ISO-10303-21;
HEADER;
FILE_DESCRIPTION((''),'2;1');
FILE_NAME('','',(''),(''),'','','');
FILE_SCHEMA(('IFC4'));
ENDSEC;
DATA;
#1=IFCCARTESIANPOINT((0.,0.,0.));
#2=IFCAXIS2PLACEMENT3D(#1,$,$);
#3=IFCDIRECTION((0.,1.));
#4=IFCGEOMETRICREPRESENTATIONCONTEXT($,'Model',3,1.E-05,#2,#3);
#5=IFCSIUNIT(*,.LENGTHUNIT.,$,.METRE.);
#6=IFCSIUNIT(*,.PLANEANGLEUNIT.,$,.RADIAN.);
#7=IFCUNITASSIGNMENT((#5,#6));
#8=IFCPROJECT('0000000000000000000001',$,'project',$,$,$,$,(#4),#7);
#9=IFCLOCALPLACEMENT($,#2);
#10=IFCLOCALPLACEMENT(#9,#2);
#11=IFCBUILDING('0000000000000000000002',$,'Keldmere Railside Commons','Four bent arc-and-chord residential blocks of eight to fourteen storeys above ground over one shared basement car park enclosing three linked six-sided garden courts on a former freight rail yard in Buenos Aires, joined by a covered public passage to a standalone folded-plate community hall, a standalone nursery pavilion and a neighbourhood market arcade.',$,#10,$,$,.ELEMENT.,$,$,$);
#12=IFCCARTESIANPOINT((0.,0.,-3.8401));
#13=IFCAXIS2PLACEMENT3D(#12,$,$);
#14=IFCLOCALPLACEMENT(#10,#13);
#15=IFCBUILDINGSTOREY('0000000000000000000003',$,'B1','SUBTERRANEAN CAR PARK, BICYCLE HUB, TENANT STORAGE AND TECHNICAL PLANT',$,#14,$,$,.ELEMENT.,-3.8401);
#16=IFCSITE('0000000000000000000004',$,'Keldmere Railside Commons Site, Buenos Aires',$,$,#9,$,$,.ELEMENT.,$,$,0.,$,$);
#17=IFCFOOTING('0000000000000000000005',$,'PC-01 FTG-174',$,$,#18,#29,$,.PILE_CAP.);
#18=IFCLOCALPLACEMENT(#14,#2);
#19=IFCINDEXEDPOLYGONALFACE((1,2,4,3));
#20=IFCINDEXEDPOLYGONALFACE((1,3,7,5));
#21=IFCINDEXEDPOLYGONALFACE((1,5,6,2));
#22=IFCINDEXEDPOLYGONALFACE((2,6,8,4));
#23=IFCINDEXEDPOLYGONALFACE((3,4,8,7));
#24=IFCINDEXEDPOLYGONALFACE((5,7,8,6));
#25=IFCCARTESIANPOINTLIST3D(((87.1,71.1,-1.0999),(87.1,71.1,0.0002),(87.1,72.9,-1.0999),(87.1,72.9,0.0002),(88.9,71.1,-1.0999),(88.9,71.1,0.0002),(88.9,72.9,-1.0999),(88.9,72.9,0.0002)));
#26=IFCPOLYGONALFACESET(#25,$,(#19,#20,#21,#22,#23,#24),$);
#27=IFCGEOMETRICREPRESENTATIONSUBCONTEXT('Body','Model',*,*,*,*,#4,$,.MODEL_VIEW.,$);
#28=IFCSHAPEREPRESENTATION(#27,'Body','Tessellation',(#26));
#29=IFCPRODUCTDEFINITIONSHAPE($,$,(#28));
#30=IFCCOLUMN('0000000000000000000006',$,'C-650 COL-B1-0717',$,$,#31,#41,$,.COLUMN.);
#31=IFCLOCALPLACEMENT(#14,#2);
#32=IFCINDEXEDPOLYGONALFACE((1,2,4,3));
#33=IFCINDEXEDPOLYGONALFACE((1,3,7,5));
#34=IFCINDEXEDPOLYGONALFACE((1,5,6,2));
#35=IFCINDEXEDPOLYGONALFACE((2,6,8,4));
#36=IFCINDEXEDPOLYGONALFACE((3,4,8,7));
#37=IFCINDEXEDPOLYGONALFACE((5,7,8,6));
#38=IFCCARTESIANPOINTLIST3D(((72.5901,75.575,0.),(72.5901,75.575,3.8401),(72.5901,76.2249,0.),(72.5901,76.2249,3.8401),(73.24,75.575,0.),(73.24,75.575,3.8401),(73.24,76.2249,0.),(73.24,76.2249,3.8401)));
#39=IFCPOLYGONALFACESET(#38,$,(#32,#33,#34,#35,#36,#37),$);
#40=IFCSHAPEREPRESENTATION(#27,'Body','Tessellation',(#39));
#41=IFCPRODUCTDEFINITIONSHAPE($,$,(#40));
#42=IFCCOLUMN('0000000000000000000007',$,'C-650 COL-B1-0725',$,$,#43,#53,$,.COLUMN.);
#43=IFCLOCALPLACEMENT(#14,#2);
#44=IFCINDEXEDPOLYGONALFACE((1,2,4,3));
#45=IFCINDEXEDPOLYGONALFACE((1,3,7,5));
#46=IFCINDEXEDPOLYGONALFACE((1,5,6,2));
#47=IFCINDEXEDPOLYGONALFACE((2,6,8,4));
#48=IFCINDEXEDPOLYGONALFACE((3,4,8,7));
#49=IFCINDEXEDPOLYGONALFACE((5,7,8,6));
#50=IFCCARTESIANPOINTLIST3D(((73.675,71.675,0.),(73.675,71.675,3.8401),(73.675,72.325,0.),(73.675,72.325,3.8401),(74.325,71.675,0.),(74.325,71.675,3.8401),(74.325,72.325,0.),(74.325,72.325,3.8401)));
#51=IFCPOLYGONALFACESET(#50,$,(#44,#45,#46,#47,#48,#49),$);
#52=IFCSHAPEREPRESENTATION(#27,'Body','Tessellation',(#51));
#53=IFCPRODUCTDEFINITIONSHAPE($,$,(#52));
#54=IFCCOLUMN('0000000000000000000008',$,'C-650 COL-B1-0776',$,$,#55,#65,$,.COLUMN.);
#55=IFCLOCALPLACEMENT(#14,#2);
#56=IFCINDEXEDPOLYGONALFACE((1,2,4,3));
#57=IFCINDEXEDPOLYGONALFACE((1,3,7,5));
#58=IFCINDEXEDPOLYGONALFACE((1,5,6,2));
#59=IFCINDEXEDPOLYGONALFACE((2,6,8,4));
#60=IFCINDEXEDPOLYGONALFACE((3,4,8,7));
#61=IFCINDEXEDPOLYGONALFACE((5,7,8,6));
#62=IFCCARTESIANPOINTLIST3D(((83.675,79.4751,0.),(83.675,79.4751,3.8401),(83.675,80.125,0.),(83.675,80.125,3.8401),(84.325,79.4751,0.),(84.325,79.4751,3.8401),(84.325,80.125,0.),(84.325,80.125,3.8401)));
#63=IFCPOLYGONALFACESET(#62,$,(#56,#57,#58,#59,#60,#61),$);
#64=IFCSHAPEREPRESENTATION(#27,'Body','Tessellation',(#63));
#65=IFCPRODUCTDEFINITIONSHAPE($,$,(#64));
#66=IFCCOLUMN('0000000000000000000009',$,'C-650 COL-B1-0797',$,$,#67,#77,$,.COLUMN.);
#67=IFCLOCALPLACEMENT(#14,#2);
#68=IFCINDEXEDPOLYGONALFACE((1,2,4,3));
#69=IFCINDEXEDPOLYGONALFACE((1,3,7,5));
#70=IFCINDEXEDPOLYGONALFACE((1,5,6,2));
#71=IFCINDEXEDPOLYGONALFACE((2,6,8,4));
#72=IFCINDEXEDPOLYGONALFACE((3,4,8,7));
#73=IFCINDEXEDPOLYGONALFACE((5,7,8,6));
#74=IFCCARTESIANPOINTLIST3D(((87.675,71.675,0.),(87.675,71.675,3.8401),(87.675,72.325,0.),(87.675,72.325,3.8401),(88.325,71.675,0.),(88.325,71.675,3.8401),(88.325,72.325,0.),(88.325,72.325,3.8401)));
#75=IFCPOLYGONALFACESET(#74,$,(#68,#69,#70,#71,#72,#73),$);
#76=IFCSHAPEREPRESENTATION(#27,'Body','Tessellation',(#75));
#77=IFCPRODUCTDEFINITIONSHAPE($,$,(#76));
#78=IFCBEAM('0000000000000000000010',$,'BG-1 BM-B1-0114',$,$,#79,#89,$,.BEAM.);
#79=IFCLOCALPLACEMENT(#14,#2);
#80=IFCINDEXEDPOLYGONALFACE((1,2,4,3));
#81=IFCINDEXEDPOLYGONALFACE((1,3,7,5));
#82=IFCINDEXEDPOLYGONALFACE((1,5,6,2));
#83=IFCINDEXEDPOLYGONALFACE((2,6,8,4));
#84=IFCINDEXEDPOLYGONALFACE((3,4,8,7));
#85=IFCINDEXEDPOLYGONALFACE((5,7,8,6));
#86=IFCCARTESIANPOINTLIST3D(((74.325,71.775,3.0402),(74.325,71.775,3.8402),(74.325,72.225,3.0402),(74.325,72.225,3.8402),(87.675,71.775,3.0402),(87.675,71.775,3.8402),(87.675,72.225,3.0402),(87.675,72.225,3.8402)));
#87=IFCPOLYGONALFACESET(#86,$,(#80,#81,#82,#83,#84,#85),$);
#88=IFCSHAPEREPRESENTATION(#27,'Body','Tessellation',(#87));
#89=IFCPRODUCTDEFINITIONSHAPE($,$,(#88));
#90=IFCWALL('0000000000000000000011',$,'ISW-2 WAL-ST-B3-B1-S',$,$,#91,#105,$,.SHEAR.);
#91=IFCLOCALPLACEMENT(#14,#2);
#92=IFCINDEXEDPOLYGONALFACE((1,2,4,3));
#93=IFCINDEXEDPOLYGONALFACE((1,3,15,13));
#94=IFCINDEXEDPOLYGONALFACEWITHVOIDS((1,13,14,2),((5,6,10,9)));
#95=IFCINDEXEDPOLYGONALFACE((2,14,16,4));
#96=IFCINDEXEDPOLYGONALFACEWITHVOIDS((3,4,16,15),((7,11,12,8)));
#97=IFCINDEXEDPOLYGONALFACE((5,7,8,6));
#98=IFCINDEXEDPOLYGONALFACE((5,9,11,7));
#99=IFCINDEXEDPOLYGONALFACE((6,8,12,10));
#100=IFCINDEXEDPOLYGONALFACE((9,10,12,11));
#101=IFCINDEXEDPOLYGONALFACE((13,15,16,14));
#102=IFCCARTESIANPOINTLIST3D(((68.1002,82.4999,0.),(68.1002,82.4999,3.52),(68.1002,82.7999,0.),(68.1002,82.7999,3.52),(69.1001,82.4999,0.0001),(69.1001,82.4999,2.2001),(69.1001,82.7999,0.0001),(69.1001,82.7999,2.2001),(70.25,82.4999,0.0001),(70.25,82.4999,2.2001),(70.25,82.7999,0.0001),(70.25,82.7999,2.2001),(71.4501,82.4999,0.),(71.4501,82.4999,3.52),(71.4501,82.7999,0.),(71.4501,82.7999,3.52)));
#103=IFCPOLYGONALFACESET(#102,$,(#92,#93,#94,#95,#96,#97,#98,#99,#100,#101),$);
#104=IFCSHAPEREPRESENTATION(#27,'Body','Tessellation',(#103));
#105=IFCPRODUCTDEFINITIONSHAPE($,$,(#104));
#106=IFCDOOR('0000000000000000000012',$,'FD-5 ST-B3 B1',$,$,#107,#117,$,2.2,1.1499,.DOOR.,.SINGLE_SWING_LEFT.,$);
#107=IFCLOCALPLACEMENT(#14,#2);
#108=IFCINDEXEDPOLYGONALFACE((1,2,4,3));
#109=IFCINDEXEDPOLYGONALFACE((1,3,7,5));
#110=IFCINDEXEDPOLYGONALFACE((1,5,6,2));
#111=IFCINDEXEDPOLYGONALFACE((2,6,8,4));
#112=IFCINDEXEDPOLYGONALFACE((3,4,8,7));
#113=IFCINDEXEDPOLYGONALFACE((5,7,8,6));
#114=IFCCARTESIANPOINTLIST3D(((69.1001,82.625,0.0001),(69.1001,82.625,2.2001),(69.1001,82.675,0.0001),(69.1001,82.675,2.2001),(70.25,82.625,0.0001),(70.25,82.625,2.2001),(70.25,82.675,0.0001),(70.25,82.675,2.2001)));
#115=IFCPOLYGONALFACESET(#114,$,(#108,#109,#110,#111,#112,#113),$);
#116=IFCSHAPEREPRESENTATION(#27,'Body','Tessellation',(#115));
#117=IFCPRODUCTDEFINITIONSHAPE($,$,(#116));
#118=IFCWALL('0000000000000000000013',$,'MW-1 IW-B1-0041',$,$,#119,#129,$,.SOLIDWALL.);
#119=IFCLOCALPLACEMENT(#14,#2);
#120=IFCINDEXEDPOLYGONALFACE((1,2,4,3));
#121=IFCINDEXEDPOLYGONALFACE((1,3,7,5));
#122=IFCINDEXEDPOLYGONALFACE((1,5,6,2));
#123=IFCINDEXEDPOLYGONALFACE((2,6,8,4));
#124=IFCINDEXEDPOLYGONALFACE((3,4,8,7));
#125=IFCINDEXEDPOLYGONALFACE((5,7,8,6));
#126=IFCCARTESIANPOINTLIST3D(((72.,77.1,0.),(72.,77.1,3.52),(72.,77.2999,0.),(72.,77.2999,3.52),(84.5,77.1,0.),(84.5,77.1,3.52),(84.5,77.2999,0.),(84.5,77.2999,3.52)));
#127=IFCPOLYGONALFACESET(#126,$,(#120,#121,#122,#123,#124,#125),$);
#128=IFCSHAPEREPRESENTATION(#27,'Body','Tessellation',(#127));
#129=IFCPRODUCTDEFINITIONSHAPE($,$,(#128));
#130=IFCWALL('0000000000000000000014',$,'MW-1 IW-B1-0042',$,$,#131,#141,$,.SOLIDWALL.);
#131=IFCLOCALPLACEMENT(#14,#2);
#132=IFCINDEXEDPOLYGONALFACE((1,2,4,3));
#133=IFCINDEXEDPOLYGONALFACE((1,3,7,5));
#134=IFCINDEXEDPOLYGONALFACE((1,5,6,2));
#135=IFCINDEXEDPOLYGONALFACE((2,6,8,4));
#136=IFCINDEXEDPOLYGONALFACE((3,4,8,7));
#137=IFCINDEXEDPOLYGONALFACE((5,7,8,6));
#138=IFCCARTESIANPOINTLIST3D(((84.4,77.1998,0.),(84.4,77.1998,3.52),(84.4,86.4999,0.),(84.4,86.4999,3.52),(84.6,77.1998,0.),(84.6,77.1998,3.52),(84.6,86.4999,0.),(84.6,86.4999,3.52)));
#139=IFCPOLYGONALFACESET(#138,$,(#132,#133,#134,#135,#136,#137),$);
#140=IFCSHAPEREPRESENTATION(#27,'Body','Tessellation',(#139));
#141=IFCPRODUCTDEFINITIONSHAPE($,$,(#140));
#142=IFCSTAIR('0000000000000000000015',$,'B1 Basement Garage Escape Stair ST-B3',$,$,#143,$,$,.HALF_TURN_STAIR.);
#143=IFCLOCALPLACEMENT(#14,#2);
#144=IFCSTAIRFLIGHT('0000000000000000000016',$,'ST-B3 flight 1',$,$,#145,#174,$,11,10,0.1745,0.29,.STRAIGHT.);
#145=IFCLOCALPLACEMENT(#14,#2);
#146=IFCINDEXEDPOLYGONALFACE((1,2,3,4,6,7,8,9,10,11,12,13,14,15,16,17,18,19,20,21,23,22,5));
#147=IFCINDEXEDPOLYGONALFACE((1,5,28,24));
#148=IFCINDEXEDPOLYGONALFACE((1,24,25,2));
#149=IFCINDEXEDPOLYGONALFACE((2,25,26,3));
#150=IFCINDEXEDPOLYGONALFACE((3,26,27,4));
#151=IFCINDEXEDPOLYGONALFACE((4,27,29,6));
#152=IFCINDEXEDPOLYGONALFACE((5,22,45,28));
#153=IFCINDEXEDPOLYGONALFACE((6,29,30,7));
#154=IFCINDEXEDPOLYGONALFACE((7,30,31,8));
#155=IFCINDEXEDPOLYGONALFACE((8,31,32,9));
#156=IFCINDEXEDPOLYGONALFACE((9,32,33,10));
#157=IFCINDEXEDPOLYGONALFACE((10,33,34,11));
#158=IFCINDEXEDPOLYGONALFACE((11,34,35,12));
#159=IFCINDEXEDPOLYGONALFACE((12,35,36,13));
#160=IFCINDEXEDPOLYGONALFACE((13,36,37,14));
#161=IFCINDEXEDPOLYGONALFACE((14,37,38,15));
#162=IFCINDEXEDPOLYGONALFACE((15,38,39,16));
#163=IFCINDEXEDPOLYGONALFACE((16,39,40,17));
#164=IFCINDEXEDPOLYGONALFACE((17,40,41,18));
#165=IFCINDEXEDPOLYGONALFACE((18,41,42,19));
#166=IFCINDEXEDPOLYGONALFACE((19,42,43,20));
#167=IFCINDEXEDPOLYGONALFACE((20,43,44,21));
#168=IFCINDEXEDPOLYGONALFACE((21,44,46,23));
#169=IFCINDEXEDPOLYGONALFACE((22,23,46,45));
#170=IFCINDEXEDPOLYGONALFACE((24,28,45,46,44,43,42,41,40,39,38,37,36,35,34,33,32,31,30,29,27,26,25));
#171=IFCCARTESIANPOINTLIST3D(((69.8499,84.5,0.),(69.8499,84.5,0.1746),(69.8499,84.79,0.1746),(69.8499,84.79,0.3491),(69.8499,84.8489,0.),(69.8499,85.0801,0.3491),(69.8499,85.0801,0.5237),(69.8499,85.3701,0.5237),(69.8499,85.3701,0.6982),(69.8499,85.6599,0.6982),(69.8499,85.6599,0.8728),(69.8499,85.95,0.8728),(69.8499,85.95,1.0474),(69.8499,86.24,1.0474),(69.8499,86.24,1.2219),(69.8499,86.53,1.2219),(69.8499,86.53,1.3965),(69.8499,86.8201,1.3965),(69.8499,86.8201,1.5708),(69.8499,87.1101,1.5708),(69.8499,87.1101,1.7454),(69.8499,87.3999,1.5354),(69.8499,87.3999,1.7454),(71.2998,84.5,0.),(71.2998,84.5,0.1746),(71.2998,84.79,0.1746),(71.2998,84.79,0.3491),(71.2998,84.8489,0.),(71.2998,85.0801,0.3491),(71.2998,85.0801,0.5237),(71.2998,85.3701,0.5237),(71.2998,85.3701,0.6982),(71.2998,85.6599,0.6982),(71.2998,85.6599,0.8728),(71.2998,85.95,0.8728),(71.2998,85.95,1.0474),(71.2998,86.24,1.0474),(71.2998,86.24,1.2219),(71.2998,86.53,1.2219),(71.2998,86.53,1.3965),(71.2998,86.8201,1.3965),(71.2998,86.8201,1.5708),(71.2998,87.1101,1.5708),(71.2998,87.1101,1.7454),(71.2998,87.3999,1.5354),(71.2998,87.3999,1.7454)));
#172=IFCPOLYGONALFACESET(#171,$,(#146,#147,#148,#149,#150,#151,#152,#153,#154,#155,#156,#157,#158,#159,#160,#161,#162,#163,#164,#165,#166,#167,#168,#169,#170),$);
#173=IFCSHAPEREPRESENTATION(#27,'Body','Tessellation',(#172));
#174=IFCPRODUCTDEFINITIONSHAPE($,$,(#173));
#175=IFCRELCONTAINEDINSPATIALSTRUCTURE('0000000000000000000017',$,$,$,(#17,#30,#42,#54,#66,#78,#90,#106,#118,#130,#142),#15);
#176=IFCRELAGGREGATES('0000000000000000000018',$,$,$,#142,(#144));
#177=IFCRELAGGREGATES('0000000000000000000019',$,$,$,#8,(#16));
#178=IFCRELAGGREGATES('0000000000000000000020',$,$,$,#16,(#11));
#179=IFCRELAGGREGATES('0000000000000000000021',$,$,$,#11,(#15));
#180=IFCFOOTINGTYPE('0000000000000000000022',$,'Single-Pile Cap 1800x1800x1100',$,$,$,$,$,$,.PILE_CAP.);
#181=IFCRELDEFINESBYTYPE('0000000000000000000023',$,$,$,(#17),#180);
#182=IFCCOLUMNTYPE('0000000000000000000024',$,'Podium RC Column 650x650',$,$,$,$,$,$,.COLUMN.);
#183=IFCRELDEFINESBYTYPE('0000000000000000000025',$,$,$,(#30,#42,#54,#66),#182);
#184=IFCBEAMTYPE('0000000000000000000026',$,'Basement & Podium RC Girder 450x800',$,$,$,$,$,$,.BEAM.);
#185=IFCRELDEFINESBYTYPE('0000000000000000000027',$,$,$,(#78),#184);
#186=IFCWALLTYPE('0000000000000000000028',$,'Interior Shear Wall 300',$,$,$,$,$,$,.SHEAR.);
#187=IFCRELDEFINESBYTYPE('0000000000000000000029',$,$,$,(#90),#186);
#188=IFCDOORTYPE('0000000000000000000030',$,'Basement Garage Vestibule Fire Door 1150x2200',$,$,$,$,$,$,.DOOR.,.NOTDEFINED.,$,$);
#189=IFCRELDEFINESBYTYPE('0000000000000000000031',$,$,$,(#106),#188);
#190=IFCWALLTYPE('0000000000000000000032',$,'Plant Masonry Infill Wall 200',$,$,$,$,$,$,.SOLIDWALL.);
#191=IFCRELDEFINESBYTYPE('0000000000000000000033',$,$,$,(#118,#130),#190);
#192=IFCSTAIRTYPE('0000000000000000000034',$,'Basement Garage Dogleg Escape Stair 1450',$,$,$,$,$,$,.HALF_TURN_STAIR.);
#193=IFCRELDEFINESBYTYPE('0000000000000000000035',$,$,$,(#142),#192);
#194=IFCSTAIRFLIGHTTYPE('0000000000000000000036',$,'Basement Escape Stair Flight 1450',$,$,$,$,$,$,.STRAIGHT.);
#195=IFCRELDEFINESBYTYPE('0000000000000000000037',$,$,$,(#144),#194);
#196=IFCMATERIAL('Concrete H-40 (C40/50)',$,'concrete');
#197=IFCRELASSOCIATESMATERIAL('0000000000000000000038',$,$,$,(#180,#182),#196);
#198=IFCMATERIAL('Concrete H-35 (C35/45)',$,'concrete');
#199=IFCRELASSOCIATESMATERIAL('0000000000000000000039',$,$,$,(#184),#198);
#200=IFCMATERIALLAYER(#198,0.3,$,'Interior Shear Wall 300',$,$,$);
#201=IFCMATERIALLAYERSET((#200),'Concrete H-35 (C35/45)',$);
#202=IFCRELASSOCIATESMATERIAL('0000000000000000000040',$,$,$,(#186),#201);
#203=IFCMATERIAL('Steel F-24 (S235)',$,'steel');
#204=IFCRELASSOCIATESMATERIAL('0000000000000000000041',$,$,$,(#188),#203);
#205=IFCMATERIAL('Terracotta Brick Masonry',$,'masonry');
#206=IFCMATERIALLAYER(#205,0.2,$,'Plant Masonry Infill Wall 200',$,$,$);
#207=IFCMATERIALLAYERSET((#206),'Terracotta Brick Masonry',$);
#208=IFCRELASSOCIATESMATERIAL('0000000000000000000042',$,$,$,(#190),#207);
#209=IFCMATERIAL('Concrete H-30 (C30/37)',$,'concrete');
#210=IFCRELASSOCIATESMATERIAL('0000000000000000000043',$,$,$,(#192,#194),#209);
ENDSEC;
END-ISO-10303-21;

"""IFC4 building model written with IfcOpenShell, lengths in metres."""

from ifc_helpers import new_model, si_unit, direction, frame, frame_2d, origin, origin_2d, place, context, subcontext, project, spatial, polyline, rectangle, outline, extrude, material, layer, layer_set, material_profile, profile_set, type_object, element, fill, aggregate, save


model = new_model("IFC4")

# Units and contexts
model_context = context("Model", 3, precision=1e-05, world=origin(), true_north=direction((0.0, 1.0)))
body_context = subcontext(model_context, "Body", "Model", "MODEL_VIEW")
ifc_project = project(units=[si_unit("LENGTHUNIT", "METRE"), si_unit("PLANEANGLEUNIT", "RADIAN")], contexts=[model_context])

# Site, building, storey
site_placement = place(None, origin())
site = spatial("IfcSite", under=ifc_project, at=site_placement, Name="Keldmere Railside Commons Site, Buenos Aires", CompositionType="ELEMENT", RefElevation=0.0)
building_placement = place(site_placement, origin())
building = spatial("IfcBuilding", under=site, at=building_placement, Name="Keldmere Railside Commons", Description="Four bent arc-and-chord residential blocks of eight to fourteen storeys above ground over one shared basement car park enclosing three linked six-sided garden courts on a former freight rail yard in Buenos Aires, joined by a covered public passage to a standalone folded-plate community hall, a standalone nursery pavilion and a neighbourhood market arcade.", CompositionType="ELEMENT")
storey_placement = place(building_placement, frame((0.0, 0.0, -3.8401)))
storey = spatial("IfcBuildingStorey", under=building, at=storey_placement, Name="B1", Description="SUBTERRANEAN CAR PARK, BICYCLE HUB, TENANT STORAGE AND TECHNICAL PLANT", CompositionType="ELEMENT", Elevation=-3.8401)

# Shared definitions
ifc_material_1 = material(Name="Concrete H-30 (C30/37)", Category="concrete")

# Footing
ifc_material_2 = material(Name="Concrete H-40 (C40/50)", Category="concrete")
footing_type = type_object("IfcFootingType", Name="Single-Pile Cap 1800x1800x1100", PredefinedType="PILE_CAP", material=ifc_material_2)
for number, where, z_axis, x_axis, name in (
    (1, (88.0, 72.0, -1.0999), (0.0, 0.0, 1.0), (1.0, 0.0, 0.0), "PC-01 FTG-174"),
):
    element("IfcFooting", number, at=place(storey_placement, frame(where, z_axis=z_axis, x_axis=x_axis)), inside=storey, type_object=footing_type, Name=name, PredefinedType="PILE_CAP", context=body_context, shape_type="SweptSolid", body=[
        extrude(rectangle(XDim=1.8, YDim=1.8, at=origin_2d()), origin(), (0.0, 0.0, 1.0), 1.1001),
    ])

# Columns
ifc_material_profile_1 = material_profile(ifc_material_2, rectangle(XDim=0.6499, YDim=0.6499, at=origin_2d()), Name="RC-650x650")
ifc_profile_set_1 = profile_set([ifc_material_profile_1], Name="Concrete H-40 (C40/50)")
column_type = type_object("IfcColumnType", Name="Podium RC Column 650x650", PredefinedType="COLUMN", material=ifc_profile_set_1)
for number, where, z_axis, x_axis, name in (
    (2, (72.915, 75.8999, 0.0), (0.0, 0.0, 1.0), (1.0, 0.0, 0.0), "C-650 COL-B1-0717"),
    (3, (74.0, 72.0, 0.0), (0.0, 0.0, 1.0), (1.0, 0.0, 0.0), "C-650 COL-B1-0725"),
    (4, (84.0, 79.8, 0.0), (0.0, 0.0, 1.0), (1.0, 0.0, 0.0), "C-650 COL-B1-0776"),
    (5, (88.0, 72.0, 0.0), (0.0, 0.0, 1.0), (1.0, 0.0, 0.0), "C-650 COL-B1-0797"),
):
    element("IfcColumn", number, at=place(storey_placement, frame(where, z_axis=z_axis, x_axis=x_axis)), inside=storey, type_object=column_type, Name=name, PredefinedType="COLUMN", context=body_context, shape_type="SweptSolid", body=[
        extrude(rectangle(XDim=0.6499, YDim=0.6499, at=origin_2d()), origin(), (0.0, 0.0, 1.0), 3.8401),
    ])

# Beam
ifc_material_3 = material(Name="Concrete H-35 (C35/45)", Category="concrete")
ifc_material_profile_2 = material_profile(ifc_material_3, rectangle(XDim=0.45, YDim=0.8, at=origin_2d()), Name="RC-450x800")
ifc_profile_set_2 = profile_set([ifc_material_profile_2], Name="Concrete H-35 (C35/45)")
beam_type = type_object("IfcBeamType", Name="Basement & Podium RC Girder 450x800", PredefinedType="BEAM", material=ifc_profile_set_2)
beam_placement = place(storey_placement, frame((74.325, 72.0, 3.4402), z_axis=(1.0, 0.0, 0.0), x_axis=(0.0, 1.0, 0.0)))
element("IfcBeam", 6, at=beam_placement, inside=storey, type_object=beam_type, Name="BG-1 BM-B1-0114", PredefinedType="BEAM", context=body_context, shape_type="SweptSolid", body=[
    extrude(rectangle(XDim=0.45, YDim=0.8, at=origin_2d()), origin(), (0.0, 0.0, 1.0), 13.3501),
])

# Wall, opening, door
ifc_layer_1 = layer(ifc_material_3, 0.3, Name="Interior Shear Wall 300")
ifc_layer_set_1 = layer_set([ifc_layer_1], Name="Concrete H-35 (C35/45)")
wall_type_1 = type_object("IfcWallType", Name="Interior Shear Wall 300", PredefinedType="SHEAR", material=ifc_layer_set_1)
wall_1_placement = place(storey_placement, frame((71.45, 82.6499, 0.0), z_axis=(0.0, 0.0, 1.0), x_axis=(-1.0, 0.0, 0.0)))
wall_1 = element("IfcWall", 7, at=wall_1_placement, inside=storey, type_object=wall_type_1, Name="ISW-2 WAL-ST-B3-B1-S", PredefinedType="SHEAR", context=body_context, shape_type="SweptSolid", body=[
    extrude(rectangle(XDim=3.3499, YDim=0.3, at=frame_2d((1.6748, 0.0))), origin(), (0.0, 0.0, 1.0), 3.52),
])
opening_placement = place(wall_1_placement, frame((1.2, 0.0, 0.0)))
opening = element("IfcOpeningElement", 8, at=opening_placement, cuts=wall_1, PredefinedType="OPENING", context=body_context, shape_type="SweptSolid", body=[
    extrude(rectangle(XDim=1.1499, YDim=2.2, at=frame_2d((0.575, 1.1001))), frame((0.0, 0.1599, 0.0), z_axis=(0.0, -1.0, 0.0), x_axis=(1.0, 0.0, 0.0)), (0.0, 0.0, 1.0), 0.3201),
])
ifc_material_4 = material(Name="Steel F-24 (S235)", Category="steel")
door_type = type_object("IfcDoorType", Name="Basement Garage Vestibule Fire Door 1150x2200", OperationType="NOTDEFINED", PredefinedType="DOOR", material=ifc_material_4)
door_placement = place(opening_placement, origin())
door = element("IfcDoor", 9, at=door_placement, inside=storey, type_object=door_type, Name="FD-5 ST-B3 B1", OperationType="SINGLE_SWING_LEFT", OverallHeight=2.2, OverallWidth=1.1499, PredefinedType="DOOR", context=body_context, shape_type="SweptSolid", body=[
    extrude(rectangle(XDim=1.1499, YDim=2.2, at=frame_2d((0.575, 1.1001))), frame((0.0, 0.0249, 0.0), z_axis=(0.0, -1.0, 0.0), x_axis=(1.0, 0.0, 0.0)), (0.0, 0.0, 1.0), 0.05),
])
fill(opening, door)

# Walls
ifc_material_5 = material(Name="Terracotta Brick Masonry", Category="masonry")
ifc_layer_2 = layer(ifc_material_5, 0.2, Name="Plant Masonry Infill Wall 200")
ifc_layer_set_2 = layer_set([ifc_layer_2], Name="Terracotta Brick Masonry")
wall_type_2 = type_object("IfcWallType", Name="Plant Masonry Infill Wall 200", PredefinedType="SOLIDWALL", material=ifc_layer_set_2)
wall_2_placement = place(storey_placement, frame((72.0, 77.2, 0.0), z_axis=(0.0, 0.0, 1.0), x_axis=(1.0, 0.0, 0.0)))
element("IfcWall", 10, at=wall_2_placement, inside=storey, type_object=wall_type_2, Name="MW-1 IW-B1-0041", PredefinedType="SOLIDWALL", context=body_context, shape_type="SweptSolid", body=[
    extrude(rectangle(XDim=12.5, YDim=0.2, at=frame_2d((6.25, 0.0))), origin(), (0.0, 0.0, 1.0), 3.52),
])
wall_3_placement = place(storey_placement, frame((84.5, 77.2, 0.0), z_axis=(0.0, 0.0, 1.0), x_axis=(0.0, 1.0, 0.0)))
element("IfcWall", 11, at=wall_3_placement, inside=storey, type_object=wall_type_2, Name="MW-1 IW-B1-0042", PredefinedType="SOLIDWALL", context=body_context, shape_type="SweptSolid", body=[
    extrude(rectangle(XDim=9.3, YDim=0.2, at=frame_2d((4.6499, 0.0))), origin(), (0.0, 0.0, 1.0), 3.52),
])

# Stair, stair flight
stair_type = type_object("IfcStairType", Name="Basement Garage Dogleg Escape Stair 1450", PredefinedType="HALF_TURN_STAIR", material=ifc_material_1)
stair_placement = place(storey_placement, origin())
stair = element("IfcStair", 12, at=stair_placement, inside=storey, type_object=stair_type, Name="B1 Basement Garage Escape Stair ST-B3", PredefinedType="HALF_TURN_STAIR")
stair_flight_type = type_object("IfcStairFlightType", Name="Basement Escape Stair Flight 1450", PredefinedType="STRAIGHT", material=ifc_material_1)
stair_flight_placement = place(storey_placement, frame((70.575, 84.5, 0.0), z_axis=(0.0, 0.0, 1.0), x_axis=(0.0, 1.0, 0.0)))
stair_flight = element("IfcStairFlight", 13, at=stair_flight_placement, type_object=stair_flight_type, Name="ST-B3 flight 1", NumberOfRisers=11, NumberOfTreads=10, PredefinedType="STRAIGHT", RiserHeight=0.1745, TreadLength=0.29, context=body_context, shape_type="SweptSolid", body=[
    extrude(outline(polyline([(0.0, 0.0), (0.0, 0.1746), (0.29, 0.1746), (0.29, 0.3491), (0.5801, 0.3491), (0.5801, 0.5237), (0.8701, 0.5237), (0.8701, 0.6982), (1.1599, 0.6982), (1.1599, 0.8728), (1.45, 0.8728), (1.45, 1.0474), (1.74, 1.0474), (1.74, 1.2219), (2.03, 1.2219), (2.03, 1.3965), (2.3201, 1.3965), (2.3201, 1.5708), (2.6101, 1.5708), (2.6101, 1.7454), (2.8999, 1.7454), (2.8999, 1.9199), (2.8999, 1.5354), (0.3489, 0.0), (0.0, 0.0)])), frame((0.0, 0.7251, 0.0), z_axis=(0.0, -1.0, 0.0), x_axis=(1.0, 0.0, 0.0)), (0.0, 0.0, 1.0), 1.45),
])
aggregate(stair, [stair_flight])

save(model, "model.ifc")
